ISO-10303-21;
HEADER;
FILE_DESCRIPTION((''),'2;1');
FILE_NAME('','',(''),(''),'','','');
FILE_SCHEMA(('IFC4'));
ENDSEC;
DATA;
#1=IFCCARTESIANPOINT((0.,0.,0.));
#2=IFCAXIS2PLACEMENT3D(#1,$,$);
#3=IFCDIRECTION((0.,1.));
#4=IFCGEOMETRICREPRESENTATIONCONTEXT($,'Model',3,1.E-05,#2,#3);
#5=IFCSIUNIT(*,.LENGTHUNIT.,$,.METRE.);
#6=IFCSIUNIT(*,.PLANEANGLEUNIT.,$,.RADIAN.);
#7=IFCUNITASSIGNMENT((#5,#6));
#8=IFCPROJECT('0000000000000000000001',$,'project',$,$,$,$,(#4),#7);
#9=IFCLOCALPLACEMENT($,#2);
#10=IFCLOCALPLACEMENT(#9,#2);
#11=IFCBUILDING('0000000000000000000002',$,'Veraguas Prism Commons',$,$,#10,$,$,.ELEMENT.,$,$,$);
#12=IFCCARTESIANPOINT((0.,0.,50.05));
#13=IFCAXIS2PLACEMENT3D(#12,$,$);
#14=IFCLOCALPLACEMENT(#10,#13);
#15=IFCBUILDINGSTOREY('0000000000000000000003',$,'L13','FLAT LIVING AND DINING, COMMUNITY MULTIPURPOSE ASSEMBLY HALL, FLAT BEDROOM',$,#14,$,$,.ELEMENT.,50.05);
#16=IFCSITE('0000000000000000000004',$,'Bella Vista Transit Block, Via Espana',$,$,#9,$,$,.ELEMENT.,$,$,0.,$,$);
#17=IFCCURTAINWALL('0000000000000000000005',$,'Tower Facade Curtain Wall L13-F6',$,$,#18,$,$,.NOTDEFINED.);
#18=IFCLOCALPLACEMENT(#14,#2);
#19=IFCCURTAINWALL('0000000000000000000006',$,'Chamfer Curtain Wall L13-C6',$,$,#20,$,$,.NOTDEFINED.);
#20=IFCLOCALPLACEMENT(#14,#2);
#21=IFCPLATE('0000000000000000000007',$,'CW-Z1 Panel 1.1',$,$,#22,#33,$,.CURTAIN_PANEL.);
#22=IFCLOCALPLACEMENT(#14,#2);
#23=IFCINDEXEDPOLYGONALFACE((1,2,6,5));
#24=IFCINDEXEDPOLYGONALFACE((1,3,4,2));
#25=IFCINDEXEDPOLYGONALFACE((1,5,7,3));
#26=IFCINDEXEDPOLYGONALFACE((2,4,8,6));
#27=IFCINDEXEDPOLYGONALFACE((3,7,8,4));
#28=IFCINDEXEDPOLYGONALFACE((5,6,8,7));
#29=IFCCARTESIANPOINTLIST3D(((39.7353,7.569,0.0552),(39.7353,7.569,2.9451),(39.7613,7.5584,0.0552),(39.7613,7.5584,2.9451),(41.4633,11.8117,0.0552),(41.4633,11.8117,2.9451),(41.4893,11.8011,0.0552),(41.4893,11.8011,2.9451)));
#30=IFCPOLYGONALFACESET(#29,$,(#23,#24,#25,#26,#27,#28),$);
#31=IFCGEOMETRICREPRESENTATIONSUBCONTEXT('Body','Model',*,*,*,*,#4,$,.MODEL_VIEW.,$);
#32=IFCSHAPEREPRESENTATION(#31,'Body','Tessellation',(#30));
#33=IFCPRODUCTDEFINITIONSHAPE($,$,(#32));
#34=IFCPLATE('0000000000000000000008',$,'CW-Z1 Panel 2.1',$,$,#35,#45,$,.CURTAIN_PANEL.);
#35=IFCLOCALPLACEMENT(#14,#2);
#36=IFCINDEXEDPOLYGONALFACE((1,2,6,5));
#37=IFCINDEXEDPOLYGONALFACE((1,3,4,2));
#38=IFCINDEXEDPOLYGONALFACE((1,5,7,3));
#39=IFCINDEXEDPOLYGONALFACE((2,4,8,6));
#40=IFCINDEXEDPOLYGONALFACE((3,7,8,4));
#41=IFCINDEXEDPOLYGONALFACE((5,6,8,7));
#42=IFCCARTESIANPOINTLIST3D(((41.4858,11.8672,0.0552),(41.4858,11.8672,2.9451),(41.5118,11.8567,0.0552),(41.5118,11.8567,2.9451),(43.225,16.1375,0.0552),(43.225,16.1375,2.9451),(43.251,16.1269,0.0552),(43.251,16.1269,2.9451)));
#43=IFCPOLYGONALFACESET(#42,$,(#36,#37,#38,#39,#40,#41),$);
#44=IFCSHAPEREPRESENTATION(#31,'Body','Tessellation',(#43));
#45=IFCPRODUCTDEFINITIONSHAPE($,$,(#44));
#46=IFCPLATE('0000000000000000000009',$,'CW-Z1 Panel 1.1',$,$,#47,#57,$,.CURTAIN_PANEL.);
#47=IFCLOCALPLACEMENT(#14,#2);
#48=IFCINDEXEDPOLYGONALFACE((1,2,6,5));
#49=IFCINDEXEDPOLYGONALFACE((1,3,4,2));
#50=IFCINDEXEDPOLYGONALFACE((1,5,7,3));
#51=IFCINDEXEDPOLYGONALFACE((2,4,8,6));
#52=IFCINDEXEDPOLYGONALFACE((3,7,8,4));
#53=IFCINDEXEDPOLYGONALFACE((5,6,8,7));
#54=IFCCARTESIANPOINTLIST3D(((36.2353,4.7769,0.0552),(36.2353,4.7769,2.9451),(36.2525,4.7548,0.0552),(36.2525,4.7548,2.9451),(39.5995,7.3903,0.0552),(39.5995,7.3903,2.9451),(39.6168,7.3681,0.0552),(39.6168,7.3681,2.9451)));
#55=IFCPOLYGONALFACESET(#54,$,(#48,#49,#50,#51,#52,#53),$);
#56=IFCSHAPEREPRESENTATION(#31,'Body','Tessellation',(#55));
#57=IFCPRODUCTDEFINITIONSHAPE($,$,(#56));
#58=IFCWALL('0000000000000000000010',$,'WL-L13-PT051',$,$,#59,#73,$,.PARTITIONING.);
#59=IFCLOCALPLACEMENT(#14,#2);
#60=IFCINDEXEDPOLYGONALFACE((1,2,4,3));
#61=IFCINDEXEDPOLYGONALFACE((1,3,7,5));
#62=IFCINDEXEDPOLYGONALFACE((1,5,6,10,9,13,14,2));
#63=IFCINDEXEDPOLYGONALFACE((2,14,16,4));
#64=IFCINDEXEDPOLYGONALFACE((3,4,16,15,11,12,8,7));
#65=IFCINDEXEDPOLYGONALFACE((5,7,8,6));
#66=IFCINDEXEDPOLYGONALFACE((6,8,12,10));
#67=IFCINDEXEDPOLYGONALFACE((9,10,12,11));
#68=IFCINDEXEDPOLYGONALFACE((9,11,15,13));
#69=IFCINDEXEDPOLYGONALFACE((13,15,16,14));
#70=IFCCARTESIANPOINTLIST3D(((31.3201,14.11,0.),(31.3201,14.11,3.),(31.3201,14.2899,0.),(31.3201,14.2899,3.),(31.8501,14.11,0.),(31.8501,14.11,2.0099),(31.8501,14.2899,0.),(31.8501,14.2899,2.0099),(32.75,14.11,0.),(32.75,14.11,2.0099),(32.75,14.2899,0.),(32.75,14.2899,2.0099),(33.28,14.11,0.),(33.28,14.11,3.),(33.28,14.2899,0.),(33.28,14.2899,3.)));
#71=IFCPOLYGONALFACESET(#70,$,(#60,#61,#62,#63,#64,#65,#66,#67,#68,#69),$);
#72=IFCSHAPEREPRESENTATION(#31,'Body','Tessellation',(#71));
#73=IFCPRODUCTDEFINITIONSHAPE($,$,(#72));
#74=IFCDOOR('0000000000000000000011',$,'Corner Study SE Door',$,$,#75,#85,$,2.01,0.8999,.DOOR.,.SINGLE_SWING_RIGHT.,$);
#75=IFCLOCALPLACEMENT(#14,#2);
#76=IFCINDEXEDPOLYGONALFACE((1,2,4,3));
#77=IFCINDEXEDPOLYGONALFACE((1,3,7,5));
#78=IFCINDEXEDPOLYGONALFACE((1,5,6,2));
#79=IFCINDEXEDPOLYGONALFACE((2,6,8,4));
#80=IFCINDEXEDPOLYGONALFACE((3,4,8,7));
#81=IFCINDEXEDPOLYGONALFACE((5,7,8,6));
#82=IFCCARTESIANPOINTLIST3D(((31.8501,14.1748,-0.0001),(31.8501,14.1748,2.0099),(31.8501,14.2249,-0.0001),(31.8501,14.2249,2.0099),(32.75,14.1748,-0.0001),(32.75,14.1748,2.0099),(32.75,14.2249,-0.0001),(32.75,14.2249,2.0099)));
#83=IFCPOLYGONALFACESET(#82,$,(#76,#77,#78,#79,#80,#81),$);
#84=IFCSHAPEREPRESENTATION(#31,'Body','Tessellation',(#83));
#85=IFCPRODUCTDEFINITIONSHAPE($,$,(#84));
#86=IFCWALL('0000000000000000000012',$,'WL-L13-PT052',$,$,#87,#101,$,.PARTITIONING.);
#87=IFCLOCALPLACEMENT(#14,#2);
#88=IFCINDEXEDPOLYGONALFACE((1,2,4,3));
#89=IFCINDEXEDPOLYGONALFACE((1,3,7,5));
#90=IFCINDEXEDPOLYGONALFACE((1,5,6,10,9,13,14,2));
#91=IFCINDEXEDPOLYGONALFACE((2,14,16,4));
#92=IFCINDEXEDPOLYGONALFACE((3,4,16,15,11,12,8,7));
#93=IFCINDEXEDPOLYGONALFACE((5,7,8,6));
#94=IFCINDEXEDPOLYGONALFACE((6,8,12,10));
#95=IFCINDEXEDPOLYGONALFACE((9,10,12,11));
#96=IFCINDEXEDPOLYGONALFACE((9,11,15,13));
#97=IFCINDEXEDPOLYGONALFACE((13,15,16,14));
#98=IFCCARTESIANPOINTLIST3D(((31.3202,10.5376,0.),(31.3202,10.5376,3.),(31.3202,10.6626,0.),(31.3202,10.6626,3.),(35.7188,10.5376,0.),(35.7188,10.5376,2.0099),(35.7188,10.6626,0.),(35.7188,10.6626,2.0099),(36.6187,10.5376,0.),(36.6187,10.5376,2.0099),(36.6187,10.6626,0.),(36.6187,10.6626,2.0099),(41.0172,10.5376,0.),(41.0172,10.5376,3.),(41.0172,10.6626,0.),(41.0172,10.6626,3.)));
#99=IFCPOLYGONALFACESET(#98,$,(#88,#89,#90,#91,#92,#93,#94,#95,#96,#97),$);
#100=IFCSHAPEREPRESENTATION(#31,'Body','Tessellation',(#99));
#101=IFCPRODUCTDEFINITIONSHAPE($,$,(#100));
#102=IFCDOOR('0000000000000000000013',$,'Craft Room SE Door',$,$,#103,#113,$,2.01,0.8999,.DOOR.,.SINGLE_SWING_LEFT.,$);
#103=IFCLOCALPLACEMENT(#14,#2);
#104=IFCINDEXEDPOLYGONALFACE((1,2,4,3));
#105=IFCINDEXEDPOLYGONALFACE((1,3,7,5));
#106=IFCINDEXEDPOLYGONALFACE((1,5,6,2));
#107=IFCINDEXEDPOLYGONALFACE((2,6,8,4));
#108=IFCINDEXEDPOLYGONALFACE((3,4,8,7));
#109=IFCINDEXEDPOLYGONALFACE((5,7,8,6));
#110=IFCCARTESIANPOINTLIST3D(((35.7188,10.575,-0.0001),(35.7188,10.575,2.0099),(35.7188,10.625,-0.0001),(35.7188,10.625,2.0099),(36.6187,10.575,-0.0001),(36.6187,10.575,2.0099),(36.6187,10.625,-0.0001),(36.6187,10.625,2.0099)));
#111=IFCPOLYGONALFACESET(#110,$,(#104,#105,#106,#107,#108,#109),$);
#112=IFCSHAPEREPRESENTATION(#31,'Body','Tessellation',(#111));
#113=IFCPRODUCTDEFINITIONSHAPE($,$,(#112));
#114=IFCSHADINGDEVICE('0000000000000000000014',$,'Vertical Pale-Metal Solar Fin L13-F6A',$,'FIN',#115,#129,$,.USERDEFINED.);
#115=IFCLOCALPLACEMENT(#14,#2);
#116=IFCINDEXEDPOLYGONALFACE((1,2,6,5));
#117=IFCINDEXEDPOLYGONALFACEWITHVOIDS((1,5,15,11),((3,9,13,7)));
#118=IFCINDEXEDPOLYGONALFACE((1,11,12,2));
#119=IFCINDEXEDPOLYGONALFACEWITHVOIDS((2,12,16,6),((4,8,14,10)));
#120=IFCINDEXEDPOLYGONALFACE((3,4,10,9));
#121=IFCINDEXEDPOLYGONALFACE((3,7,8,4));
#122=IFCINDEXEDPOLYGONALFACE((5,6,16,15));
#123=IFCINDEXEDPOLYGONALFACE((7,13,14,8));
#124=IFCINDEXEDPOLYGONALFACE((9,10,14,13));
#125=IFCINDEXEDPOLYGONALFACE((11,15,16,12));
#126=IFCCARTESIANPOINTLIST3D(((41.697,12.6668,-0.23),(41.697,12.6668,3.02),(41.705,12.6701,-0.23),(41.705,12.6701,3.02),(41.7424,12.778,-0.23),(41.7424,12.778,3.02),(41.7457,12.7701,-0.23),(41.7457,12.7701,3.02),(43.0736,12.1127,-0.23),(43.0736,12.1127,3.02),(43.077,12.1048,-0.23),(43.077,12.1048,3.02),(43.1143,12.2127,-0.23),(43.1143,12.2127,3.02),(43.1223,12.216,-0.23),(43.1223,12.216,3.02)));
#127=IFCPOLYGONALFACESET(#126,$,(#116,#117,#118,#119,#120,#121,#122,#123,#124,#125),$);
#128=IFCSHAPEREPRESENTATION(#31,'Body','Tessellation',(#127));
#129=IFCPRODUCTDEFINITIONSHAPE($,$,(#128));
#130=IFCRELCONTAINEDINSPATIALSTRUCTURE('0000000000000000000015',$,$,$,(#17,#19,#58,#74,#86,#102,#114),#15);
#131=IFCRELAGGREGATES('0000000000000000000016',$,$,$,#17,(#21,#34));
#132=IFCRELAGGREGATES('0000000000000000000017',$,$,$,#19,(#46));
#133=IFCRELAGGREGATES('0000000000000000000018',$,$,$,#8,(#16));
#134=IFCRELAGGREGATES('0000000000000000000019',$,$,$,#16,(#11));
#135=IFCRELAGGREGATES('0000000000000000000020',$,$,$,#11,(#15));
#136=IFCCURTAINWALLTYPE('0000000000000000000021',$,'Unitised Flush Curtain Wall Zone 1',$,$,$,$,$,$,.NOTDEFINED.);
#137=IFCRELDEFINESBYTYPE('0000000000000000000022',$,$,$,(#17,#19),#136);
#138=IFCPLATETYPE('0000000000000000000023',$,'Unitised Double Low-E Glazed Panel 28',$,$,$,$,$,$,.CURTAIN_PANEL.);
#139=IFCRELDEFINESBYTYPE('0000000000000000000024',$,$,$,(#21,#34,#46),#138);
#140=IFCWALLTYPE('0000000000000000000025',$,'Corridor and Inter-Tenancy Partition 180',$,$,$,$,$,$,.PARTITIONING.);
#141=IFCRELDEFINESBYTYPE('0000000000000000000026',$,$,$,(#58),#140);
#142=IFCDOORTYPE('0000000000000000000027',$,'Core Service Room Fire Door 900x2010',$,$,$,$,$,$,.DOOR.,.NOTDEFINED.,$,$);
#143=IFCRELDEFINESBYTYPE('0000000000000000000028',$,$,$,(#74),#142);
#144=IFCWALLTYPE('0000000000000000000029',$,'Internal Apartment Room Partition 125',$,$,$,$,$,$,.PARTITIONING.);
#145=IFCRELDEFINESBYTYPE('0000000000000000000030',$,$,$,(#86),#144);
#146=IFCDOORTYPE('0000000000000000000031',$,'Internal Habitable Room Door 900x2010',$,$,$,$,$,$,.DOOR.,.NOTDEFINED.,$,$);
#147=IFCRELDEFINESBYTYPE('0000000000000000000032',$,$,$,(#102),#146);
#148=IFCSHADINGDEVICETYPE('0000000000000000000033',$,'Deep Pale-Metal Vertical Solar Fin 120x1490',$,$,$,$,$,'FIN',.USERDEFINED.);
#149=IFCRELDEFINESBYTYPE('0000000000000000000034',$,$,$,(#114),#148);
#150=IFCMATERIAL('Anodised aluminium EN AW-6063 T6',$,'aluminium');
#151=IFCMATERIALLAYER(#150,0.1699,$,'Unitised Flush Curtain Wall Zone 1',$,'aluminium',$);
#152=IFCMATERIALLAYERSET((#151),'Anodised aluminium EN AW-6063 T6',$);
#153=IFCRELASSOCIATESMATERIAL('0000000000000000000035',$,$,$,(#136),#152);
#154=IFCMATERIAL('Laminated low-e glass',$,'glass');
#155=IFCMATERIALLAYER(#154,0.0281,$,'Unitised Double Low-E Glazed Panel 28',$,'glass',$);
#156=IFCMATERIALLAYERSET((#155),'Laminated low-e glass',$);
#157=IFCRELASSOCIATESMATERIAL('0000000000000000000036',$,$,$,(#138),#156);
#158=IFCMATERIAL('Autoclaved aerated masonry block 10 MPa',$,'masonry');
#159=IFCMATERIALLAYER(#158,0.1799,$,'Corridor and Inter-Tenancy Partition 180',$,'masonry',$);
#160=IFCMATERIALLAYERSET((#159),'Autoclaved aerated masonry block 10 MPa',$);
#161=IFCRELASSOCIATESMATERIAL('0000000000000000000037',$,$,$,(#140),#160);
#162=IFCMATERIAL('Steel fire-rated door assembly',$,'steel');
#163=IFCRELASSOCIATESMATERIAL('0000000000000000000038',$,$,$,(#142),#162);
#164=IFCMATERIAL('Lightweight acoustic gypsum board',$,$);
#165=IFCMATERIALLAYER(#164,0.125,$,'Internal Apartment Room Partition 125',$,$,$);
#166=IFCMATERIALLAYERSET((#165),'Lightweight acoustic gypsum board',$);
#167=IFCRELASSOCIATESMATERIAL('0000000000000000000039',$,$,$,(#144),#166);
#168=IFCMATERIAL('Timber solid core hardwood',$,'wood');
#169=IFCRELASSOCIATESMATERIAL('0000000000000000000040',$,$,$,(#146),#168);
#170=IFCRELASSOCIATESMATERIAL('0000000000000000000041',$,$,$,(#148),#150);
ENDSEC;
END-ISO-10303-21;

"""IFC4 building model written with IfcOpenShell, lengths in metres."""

from ifc_helpers import new_model, si_unit, direction, frame, frame_2d, origin, origin_2d, place, context, subcontext, project, spatial, rectangle, hollow_rectangle, extrude, source, transform, mapped, material, layer, layer_set, material_profile, profile_set, type_object, element, fill, aggregate, save


model = new_model("IFC4")

# Units and contexts
model_context = context("Model", 3, precision=1e-05, world=origin(), true_north=direction((0.0, 1.0)))
body_context = subcontext(model_context, "Body", "Model", "MODEL_VIEW")
ifc_project = project(units=[si_unit("LENGTHUNIT", "METRE"), si_unit("PLANEANGLEUNIT", "RADIAN")], contexts=[model_context])

# Site, building, storey
site_placement = place(None, origin())
site = spatial("IfcSite", under=ifc_project, at=site_placement, Name="Bella Vista Transit Block, Via Espana", CompositionType="ELEMENT", RefElevation=0.0)
building_placement = place(site_placement, origin())
building = spatial("IfcBuilding", under=site, at=building_placement, Name="Veraguas Prism Commons", CompositionType="ELEMENT")
storey_placement = place(building_placement, frame((0.0, 0.0, 50.05)))
storey = spatial("IfcBuildingStorey", under=building, at=storey_placement, Name="L13", Description="FLAT LIVING AND DINING, COMMUNITY MULTIPURPOSE ASSEMBLY HALL, FLAT BEDROOM", CompositionType="ELEMENT", Elevation=50.05)

# Curtain wall
ifc_material_1 = material(Name="Anodised aluminium EN AW-6063 T6", Category="aluminium")
ifc_layer_1 = layer(ifc_material_1, 0.1699, Name="Unitised Flush Curtain Wall Zone 1", Category="aluminium")
ifc_layer_set_1 = layer_set([ifc_layer_1], Name="Anodised aluminium EN AW-6063 T6")
curtain_wall_type = type_object("IfcCurtainWallType", Name="Unitised Flush Curtain Wall Zone 1", PredefinedType="NOTDEFINED", material=ifc_layer_set_1)
curtain_wall_1_placement = place(storey_placement, origin())
curtain_wall_1 = element("IfcCurtainWall", 1, at=curtain_wall_1_placement, inside=storey, type_object=curtain_wall_type, Name="Tower Facade Curtain Wall L13-F6", PredefinedType="NOTDEFINED")

# Curtain wall
curtain_wall_2_placement = place(storey_placement, origin())
curtain_wall_2 = element("IfcCurtainWall", 2, at=curtain_wall_2_placement, inside=storey, type_object=curtain_wall_type, Name="Chamfer Curtain Wall L13-C6", PredefinedType="NOTDEFINED")

# Plates
ifc_material_2 = material(Name="Laminated low-e glass", Category="glass")
ifc_layer_2 = layer(ifc_material_2, 0.0281, Name="Unitised Double Low-E Glazed Panel 28", Category="glass")
ifc_layer_set_2 = layer_set([ifc_layer_2], Name="Laminated low-e glass")
plate_type = type_object("IfcPlateType", Name="Unitised Double Low-E Glazed Panel 28", PredefinedType="CURTAIN_PANEL", material=ifc_layer_set_2)
shared_shape_1 = source(origin(), body_context, "Body", "SweptSolid", [
    extrude(rectangle(XDim=4.5811, YDim=0.0281, at=origin_2d()), origin(), (0.0, 0.0, 1.0), 2.8899),
])
plate_1_placement = place(storey_placement, frame((40.6123, 9.6851, 0.0552), z_axis=(0.0, 0.0, 1.0), x_axis=(0.377198, 0.926133, 0.0)))
plate_1 = element("IfcPlate", 3, at=plate_1_placement, type_object=plate_type, Name="CW-Z1 Panel 1.1", PredefinedType="CURTAIN_PANEL", context=body_context, shape_type="MappedRepresentation", body=[
    mapped(shared_shape_1, transform((0.0, 0.0, 0.0), scale=1.0)),
])
shared_shape_2 = source(origin(), body_context, "Body", "SweptSolid", [
    extrude(rectangle(XDim=4.6108, YDim=0.0281, at=origin_2d()), origin(), (0.0, 0.0, 1.0), 2.8899),
])
plate_2_placement = place(storey_placement, frame((42.3684, 13.9971, 0.0552), z_axis=(0.0, 0.0, 1.0), x_axis=(0.377198, 0.926133, 0.0)))
plate_2 = element("IfcPlate", 4, at=plate_2_placement, type_object=plate_type, Name="CW-Z1 Panel 2.1", PredefinedType="CURTAIN_PANEL", context=body_context, shape_type="MappedRepresentation", body=[
    mapped(shared_shape_2, transform((0.0, 0.0, 0.0), scale=1.0)),
])
aggregate(curtain_wall_1, [plate_1, plate_2])
shared_shape_3 = source(origin(), body_context, "Body", "SweptSolid", [
    extrude(rectangle(XDim=4.26, YDim=0.0281, at=origin_2d()), origin(), (0.0, 0.0, 1.0), 2.8899),
])
plate_3_placement = place(storey_placement, frame((37.926, 6.0725, 0.0552), z_axis=(0.0, 0.0, 1.0), x_axis=(0.789732, 0.613452, 0.0)))
plate_3 = element("IfcPlate", 5, at=plate_3_placement, type_object=plate_type, Name="CW-Z1 Panel 1.1", PredefinedType="CURTAIN_PANEL", context=body_context, shape_type="MappedRepresentation", body=[
    mapped(shared_shape_3, transform((0.0, 0.0, 0.0), scale=1.0)),
])
aggregate(curtain_wall_2, [plate_3])

# Walls, openings, doors
ifc_material_3 = material(Name="Autoclaved aerated masonry block 10 MPa", Category="masonry")
ifc_layer_3 = layer(ifc_material_3, 0.1799, Name="Corridor and Inter-Tenancy Partition 180", Category="masonry")
ifc_layer_set_3 = layer_set([ifc_layer_3], Name="Autoclaved aerated masonry block 10 MPa")
wall_type_1 = type_object("IfcWallType", Name="Corridor and Inter-Tenancy Partition 180", PredefinedType="PARTITIONING", material=ifc_layer_set_3)
wall_1_placement = place(storey_placement, frame((31.3201, 14.2, 0.0), z_axis=(0.0, 0.0, 1.0), x_axis=(1.0, 0.0, 0.0)))
wall_1 = element("IfcWall", 6, at=wall_1_placement, inside=storey, type_object=wall_type_1, Name="WL-L13-PT051", PredefinedType="PARTITIONING", context=body_context, shape_type="SweptSolid", body=[
    extrude(rectangle(XDim=1.96, YDim=0.1799, at=frame_2d((0.98, 0.0))), origin(), (0.0, 0.0, 1.0), 3.0),
])
opening_1_placement = place(wall_1_placement, frame((0.53, 0.0, 0.0)))
opening_1 = element("IfcOpeningElement", 7, at=opening_1_placement, cuts=wall_1, PredefinedType="OPENING", context=body_context, shape_type="SweptSolid", body=[
    extrude(rectangle(XDim=0.8999, YDim=2.01, at=frame_2d((0.45, 1.0049))), frame((0.0, 0.0999, 0.0), z_axis=(0.0, -1.0, 0.0), x_axis=(1.0, 0.0, 0.0)), (0.0, 0.0, 1.0), 0.2),
])
ifc_material_4 = material(Name="Steel fire-rated door assembly", Category="steel")
door_type_1 = type_object("IfcDoorType", Name="Core Service Room Fire Door 900x2010", OperationType="NOTDEFINED", PredefinedType="DOOR", material=ifc_material_4)
shared_shape_4 = source(origin(), body_context, "Body", "SweptSolid", [
    extrude(rectangle(XDim=0.8999, YDim=2.01, at=frame_2d((0.45, 1.0049))), frame((0.0, 0.0249, 0.0), z_axis=(0.0, -1.0, 0.0), x_axis=(1.0, 0.0, 0.0)), (0.0, 0.0, 1.0), 0.05),
])
door_1_placement = place(opening_1_placement, origin())
door_1 = element("IfcDoor", 8, at=door_1_placement, inside=storey, type_object=door_type_1, Name="Corner Study SE Door", OperationType="SINGLE_SWING_RIGHT", OverallHeight=2.01, OverallWidth=0.8999, PredefinedType="DOOR", context=body_context, shape_type="MappedRepresentation", body=[
    mapped(shared_shape_4, transform((0.0, 0.0, 0.0), scale=1.0)),
])
fill(opening_1, door_1)
ifc_material_5 = material(Name="Lightweight acoustic gypsum board")
ifc_layer_4 = layer(ifc_material_5, 0.125, Name="Internal Apartment Room Partition 125")
ifc_layer_set_4 = layer_set([ifc_layer_4], Name="Lightweight acoustic gypsum board")
wall_type_2 = type_object("IfcWallType", Name="Internal Apartment Room Partition 125", PredefinedType="PARTITIONING", material=ifc_layer_set_4)
wall_2_placement = place(storey_placement, frame((31.3201, 10.6001, 0.0), z_axis=(0.0, 0.0, 1.0), x_axis=(1.0, 0.0, 0.0)))
wall_2 = element("IfcWall", 9, at=wall_2_placement, inside=storey, type_object=wall_type_2, Name="WL-L13-PT052", PredefinedType="PARTITIONING", context=body_context, shape_type="SweptSolid", body=[
    extrude(rectangle(XDim=9.697, YDim=0.125, at=frame_2d((4.8486, 0.0))), origin(), (0.0, 0.0, 1.0), 3.0),
])
opening_2_placement = place(wall_2_placement, frame((4.3987, 0.0, 0.0)))
opening_2 = element("IfcOpeningElement", 10, at=opening_2_placement, cuts=wall_2, PredefinedType="OPENING", context=body_context, shape_type="SweptSolid", body=[
    extrude(rectangle(XDim=0.8999, YDim=2.01, at=frame_2d((0.45, 1.0049))), frame((0.0, 0.0725, 0.0), z_axis=(0.0, -1.0, 0.0), x_axis=(1.0, 0.0, 0.0)), (0.0, 0.0, 1.0), 0.145),
])
ifc_material_6 = material(Name="Timber solid core hardwood", Category="wood")
door_type_2 = type_object("IfcDoorType", Name="Internal Habitable Room Door 900x2010", OperationType="NOTDEFINED", PredefinedType="DOOR", material=ifc_material_6)
door_2_placement = place(opening_2_placement, origin())
door_2 = element("IfcDoor", 11, at=door_2_placement, inside=storey, type_object=door_type_2, Name="Craft Room SE Door", OperationType="SINGLE_SWING_LEFT", OverallHeight=2.01, OverallWidth=0.8999, PredefinedType="DOOR", context=body_context, shape_type="MappedRepresentation", body=[
    mapped(shared_shape_4, transform((0.0, 0.0, 0.0), scale=1.0)),
])
fill(opening_2, door_2)

# Shading device
ifc_material_profile_1 = material_profile(ifc_material_1, hollow_rectangle(XDim=0.1201, YDim=1.49, WallThickness=0.0061, at=origin_2d()), Name="FIN120X1490X6")
ifc_profile_set_1 = profile_set([ifc_material_profile_1], Name="Anodised aluminium EN AW-6063 T6")
shading_device_type = type_object("IfcShadingDeviceType", Name="Deep Pale-Metal Vertical Solar Fin 120x1490", ElementType="FIN", PredefinedType="USERDEFINED", material=ifc_profile_set_1)
shading_device_placement = place(storey_placement, frame((42.4097, 12.4414, -0.23), z_axis=(0.0, 0.0, 1.0), x_axis=(0.377194, 0.926134, 0.0)))
element("IfcShadingDevice", 12, at=shading_device_placement, inside=storey, type_object=shading_device_type, Name="Vertical Pale-Metal Solar Fin L13-F6A", ObjectType="FIN", PredefinedType="USERDEFINED", context=body_context, shape_type="SweptSolid", body=[
    extrude(hollow_rectangle(XDim=0.1201, YDim=1.49, WallThickness=0.0061, at=origin_2d()), origin(), (0.0, 0.0, 1.0), 3.25),
])

save(model, "model.ifc")
